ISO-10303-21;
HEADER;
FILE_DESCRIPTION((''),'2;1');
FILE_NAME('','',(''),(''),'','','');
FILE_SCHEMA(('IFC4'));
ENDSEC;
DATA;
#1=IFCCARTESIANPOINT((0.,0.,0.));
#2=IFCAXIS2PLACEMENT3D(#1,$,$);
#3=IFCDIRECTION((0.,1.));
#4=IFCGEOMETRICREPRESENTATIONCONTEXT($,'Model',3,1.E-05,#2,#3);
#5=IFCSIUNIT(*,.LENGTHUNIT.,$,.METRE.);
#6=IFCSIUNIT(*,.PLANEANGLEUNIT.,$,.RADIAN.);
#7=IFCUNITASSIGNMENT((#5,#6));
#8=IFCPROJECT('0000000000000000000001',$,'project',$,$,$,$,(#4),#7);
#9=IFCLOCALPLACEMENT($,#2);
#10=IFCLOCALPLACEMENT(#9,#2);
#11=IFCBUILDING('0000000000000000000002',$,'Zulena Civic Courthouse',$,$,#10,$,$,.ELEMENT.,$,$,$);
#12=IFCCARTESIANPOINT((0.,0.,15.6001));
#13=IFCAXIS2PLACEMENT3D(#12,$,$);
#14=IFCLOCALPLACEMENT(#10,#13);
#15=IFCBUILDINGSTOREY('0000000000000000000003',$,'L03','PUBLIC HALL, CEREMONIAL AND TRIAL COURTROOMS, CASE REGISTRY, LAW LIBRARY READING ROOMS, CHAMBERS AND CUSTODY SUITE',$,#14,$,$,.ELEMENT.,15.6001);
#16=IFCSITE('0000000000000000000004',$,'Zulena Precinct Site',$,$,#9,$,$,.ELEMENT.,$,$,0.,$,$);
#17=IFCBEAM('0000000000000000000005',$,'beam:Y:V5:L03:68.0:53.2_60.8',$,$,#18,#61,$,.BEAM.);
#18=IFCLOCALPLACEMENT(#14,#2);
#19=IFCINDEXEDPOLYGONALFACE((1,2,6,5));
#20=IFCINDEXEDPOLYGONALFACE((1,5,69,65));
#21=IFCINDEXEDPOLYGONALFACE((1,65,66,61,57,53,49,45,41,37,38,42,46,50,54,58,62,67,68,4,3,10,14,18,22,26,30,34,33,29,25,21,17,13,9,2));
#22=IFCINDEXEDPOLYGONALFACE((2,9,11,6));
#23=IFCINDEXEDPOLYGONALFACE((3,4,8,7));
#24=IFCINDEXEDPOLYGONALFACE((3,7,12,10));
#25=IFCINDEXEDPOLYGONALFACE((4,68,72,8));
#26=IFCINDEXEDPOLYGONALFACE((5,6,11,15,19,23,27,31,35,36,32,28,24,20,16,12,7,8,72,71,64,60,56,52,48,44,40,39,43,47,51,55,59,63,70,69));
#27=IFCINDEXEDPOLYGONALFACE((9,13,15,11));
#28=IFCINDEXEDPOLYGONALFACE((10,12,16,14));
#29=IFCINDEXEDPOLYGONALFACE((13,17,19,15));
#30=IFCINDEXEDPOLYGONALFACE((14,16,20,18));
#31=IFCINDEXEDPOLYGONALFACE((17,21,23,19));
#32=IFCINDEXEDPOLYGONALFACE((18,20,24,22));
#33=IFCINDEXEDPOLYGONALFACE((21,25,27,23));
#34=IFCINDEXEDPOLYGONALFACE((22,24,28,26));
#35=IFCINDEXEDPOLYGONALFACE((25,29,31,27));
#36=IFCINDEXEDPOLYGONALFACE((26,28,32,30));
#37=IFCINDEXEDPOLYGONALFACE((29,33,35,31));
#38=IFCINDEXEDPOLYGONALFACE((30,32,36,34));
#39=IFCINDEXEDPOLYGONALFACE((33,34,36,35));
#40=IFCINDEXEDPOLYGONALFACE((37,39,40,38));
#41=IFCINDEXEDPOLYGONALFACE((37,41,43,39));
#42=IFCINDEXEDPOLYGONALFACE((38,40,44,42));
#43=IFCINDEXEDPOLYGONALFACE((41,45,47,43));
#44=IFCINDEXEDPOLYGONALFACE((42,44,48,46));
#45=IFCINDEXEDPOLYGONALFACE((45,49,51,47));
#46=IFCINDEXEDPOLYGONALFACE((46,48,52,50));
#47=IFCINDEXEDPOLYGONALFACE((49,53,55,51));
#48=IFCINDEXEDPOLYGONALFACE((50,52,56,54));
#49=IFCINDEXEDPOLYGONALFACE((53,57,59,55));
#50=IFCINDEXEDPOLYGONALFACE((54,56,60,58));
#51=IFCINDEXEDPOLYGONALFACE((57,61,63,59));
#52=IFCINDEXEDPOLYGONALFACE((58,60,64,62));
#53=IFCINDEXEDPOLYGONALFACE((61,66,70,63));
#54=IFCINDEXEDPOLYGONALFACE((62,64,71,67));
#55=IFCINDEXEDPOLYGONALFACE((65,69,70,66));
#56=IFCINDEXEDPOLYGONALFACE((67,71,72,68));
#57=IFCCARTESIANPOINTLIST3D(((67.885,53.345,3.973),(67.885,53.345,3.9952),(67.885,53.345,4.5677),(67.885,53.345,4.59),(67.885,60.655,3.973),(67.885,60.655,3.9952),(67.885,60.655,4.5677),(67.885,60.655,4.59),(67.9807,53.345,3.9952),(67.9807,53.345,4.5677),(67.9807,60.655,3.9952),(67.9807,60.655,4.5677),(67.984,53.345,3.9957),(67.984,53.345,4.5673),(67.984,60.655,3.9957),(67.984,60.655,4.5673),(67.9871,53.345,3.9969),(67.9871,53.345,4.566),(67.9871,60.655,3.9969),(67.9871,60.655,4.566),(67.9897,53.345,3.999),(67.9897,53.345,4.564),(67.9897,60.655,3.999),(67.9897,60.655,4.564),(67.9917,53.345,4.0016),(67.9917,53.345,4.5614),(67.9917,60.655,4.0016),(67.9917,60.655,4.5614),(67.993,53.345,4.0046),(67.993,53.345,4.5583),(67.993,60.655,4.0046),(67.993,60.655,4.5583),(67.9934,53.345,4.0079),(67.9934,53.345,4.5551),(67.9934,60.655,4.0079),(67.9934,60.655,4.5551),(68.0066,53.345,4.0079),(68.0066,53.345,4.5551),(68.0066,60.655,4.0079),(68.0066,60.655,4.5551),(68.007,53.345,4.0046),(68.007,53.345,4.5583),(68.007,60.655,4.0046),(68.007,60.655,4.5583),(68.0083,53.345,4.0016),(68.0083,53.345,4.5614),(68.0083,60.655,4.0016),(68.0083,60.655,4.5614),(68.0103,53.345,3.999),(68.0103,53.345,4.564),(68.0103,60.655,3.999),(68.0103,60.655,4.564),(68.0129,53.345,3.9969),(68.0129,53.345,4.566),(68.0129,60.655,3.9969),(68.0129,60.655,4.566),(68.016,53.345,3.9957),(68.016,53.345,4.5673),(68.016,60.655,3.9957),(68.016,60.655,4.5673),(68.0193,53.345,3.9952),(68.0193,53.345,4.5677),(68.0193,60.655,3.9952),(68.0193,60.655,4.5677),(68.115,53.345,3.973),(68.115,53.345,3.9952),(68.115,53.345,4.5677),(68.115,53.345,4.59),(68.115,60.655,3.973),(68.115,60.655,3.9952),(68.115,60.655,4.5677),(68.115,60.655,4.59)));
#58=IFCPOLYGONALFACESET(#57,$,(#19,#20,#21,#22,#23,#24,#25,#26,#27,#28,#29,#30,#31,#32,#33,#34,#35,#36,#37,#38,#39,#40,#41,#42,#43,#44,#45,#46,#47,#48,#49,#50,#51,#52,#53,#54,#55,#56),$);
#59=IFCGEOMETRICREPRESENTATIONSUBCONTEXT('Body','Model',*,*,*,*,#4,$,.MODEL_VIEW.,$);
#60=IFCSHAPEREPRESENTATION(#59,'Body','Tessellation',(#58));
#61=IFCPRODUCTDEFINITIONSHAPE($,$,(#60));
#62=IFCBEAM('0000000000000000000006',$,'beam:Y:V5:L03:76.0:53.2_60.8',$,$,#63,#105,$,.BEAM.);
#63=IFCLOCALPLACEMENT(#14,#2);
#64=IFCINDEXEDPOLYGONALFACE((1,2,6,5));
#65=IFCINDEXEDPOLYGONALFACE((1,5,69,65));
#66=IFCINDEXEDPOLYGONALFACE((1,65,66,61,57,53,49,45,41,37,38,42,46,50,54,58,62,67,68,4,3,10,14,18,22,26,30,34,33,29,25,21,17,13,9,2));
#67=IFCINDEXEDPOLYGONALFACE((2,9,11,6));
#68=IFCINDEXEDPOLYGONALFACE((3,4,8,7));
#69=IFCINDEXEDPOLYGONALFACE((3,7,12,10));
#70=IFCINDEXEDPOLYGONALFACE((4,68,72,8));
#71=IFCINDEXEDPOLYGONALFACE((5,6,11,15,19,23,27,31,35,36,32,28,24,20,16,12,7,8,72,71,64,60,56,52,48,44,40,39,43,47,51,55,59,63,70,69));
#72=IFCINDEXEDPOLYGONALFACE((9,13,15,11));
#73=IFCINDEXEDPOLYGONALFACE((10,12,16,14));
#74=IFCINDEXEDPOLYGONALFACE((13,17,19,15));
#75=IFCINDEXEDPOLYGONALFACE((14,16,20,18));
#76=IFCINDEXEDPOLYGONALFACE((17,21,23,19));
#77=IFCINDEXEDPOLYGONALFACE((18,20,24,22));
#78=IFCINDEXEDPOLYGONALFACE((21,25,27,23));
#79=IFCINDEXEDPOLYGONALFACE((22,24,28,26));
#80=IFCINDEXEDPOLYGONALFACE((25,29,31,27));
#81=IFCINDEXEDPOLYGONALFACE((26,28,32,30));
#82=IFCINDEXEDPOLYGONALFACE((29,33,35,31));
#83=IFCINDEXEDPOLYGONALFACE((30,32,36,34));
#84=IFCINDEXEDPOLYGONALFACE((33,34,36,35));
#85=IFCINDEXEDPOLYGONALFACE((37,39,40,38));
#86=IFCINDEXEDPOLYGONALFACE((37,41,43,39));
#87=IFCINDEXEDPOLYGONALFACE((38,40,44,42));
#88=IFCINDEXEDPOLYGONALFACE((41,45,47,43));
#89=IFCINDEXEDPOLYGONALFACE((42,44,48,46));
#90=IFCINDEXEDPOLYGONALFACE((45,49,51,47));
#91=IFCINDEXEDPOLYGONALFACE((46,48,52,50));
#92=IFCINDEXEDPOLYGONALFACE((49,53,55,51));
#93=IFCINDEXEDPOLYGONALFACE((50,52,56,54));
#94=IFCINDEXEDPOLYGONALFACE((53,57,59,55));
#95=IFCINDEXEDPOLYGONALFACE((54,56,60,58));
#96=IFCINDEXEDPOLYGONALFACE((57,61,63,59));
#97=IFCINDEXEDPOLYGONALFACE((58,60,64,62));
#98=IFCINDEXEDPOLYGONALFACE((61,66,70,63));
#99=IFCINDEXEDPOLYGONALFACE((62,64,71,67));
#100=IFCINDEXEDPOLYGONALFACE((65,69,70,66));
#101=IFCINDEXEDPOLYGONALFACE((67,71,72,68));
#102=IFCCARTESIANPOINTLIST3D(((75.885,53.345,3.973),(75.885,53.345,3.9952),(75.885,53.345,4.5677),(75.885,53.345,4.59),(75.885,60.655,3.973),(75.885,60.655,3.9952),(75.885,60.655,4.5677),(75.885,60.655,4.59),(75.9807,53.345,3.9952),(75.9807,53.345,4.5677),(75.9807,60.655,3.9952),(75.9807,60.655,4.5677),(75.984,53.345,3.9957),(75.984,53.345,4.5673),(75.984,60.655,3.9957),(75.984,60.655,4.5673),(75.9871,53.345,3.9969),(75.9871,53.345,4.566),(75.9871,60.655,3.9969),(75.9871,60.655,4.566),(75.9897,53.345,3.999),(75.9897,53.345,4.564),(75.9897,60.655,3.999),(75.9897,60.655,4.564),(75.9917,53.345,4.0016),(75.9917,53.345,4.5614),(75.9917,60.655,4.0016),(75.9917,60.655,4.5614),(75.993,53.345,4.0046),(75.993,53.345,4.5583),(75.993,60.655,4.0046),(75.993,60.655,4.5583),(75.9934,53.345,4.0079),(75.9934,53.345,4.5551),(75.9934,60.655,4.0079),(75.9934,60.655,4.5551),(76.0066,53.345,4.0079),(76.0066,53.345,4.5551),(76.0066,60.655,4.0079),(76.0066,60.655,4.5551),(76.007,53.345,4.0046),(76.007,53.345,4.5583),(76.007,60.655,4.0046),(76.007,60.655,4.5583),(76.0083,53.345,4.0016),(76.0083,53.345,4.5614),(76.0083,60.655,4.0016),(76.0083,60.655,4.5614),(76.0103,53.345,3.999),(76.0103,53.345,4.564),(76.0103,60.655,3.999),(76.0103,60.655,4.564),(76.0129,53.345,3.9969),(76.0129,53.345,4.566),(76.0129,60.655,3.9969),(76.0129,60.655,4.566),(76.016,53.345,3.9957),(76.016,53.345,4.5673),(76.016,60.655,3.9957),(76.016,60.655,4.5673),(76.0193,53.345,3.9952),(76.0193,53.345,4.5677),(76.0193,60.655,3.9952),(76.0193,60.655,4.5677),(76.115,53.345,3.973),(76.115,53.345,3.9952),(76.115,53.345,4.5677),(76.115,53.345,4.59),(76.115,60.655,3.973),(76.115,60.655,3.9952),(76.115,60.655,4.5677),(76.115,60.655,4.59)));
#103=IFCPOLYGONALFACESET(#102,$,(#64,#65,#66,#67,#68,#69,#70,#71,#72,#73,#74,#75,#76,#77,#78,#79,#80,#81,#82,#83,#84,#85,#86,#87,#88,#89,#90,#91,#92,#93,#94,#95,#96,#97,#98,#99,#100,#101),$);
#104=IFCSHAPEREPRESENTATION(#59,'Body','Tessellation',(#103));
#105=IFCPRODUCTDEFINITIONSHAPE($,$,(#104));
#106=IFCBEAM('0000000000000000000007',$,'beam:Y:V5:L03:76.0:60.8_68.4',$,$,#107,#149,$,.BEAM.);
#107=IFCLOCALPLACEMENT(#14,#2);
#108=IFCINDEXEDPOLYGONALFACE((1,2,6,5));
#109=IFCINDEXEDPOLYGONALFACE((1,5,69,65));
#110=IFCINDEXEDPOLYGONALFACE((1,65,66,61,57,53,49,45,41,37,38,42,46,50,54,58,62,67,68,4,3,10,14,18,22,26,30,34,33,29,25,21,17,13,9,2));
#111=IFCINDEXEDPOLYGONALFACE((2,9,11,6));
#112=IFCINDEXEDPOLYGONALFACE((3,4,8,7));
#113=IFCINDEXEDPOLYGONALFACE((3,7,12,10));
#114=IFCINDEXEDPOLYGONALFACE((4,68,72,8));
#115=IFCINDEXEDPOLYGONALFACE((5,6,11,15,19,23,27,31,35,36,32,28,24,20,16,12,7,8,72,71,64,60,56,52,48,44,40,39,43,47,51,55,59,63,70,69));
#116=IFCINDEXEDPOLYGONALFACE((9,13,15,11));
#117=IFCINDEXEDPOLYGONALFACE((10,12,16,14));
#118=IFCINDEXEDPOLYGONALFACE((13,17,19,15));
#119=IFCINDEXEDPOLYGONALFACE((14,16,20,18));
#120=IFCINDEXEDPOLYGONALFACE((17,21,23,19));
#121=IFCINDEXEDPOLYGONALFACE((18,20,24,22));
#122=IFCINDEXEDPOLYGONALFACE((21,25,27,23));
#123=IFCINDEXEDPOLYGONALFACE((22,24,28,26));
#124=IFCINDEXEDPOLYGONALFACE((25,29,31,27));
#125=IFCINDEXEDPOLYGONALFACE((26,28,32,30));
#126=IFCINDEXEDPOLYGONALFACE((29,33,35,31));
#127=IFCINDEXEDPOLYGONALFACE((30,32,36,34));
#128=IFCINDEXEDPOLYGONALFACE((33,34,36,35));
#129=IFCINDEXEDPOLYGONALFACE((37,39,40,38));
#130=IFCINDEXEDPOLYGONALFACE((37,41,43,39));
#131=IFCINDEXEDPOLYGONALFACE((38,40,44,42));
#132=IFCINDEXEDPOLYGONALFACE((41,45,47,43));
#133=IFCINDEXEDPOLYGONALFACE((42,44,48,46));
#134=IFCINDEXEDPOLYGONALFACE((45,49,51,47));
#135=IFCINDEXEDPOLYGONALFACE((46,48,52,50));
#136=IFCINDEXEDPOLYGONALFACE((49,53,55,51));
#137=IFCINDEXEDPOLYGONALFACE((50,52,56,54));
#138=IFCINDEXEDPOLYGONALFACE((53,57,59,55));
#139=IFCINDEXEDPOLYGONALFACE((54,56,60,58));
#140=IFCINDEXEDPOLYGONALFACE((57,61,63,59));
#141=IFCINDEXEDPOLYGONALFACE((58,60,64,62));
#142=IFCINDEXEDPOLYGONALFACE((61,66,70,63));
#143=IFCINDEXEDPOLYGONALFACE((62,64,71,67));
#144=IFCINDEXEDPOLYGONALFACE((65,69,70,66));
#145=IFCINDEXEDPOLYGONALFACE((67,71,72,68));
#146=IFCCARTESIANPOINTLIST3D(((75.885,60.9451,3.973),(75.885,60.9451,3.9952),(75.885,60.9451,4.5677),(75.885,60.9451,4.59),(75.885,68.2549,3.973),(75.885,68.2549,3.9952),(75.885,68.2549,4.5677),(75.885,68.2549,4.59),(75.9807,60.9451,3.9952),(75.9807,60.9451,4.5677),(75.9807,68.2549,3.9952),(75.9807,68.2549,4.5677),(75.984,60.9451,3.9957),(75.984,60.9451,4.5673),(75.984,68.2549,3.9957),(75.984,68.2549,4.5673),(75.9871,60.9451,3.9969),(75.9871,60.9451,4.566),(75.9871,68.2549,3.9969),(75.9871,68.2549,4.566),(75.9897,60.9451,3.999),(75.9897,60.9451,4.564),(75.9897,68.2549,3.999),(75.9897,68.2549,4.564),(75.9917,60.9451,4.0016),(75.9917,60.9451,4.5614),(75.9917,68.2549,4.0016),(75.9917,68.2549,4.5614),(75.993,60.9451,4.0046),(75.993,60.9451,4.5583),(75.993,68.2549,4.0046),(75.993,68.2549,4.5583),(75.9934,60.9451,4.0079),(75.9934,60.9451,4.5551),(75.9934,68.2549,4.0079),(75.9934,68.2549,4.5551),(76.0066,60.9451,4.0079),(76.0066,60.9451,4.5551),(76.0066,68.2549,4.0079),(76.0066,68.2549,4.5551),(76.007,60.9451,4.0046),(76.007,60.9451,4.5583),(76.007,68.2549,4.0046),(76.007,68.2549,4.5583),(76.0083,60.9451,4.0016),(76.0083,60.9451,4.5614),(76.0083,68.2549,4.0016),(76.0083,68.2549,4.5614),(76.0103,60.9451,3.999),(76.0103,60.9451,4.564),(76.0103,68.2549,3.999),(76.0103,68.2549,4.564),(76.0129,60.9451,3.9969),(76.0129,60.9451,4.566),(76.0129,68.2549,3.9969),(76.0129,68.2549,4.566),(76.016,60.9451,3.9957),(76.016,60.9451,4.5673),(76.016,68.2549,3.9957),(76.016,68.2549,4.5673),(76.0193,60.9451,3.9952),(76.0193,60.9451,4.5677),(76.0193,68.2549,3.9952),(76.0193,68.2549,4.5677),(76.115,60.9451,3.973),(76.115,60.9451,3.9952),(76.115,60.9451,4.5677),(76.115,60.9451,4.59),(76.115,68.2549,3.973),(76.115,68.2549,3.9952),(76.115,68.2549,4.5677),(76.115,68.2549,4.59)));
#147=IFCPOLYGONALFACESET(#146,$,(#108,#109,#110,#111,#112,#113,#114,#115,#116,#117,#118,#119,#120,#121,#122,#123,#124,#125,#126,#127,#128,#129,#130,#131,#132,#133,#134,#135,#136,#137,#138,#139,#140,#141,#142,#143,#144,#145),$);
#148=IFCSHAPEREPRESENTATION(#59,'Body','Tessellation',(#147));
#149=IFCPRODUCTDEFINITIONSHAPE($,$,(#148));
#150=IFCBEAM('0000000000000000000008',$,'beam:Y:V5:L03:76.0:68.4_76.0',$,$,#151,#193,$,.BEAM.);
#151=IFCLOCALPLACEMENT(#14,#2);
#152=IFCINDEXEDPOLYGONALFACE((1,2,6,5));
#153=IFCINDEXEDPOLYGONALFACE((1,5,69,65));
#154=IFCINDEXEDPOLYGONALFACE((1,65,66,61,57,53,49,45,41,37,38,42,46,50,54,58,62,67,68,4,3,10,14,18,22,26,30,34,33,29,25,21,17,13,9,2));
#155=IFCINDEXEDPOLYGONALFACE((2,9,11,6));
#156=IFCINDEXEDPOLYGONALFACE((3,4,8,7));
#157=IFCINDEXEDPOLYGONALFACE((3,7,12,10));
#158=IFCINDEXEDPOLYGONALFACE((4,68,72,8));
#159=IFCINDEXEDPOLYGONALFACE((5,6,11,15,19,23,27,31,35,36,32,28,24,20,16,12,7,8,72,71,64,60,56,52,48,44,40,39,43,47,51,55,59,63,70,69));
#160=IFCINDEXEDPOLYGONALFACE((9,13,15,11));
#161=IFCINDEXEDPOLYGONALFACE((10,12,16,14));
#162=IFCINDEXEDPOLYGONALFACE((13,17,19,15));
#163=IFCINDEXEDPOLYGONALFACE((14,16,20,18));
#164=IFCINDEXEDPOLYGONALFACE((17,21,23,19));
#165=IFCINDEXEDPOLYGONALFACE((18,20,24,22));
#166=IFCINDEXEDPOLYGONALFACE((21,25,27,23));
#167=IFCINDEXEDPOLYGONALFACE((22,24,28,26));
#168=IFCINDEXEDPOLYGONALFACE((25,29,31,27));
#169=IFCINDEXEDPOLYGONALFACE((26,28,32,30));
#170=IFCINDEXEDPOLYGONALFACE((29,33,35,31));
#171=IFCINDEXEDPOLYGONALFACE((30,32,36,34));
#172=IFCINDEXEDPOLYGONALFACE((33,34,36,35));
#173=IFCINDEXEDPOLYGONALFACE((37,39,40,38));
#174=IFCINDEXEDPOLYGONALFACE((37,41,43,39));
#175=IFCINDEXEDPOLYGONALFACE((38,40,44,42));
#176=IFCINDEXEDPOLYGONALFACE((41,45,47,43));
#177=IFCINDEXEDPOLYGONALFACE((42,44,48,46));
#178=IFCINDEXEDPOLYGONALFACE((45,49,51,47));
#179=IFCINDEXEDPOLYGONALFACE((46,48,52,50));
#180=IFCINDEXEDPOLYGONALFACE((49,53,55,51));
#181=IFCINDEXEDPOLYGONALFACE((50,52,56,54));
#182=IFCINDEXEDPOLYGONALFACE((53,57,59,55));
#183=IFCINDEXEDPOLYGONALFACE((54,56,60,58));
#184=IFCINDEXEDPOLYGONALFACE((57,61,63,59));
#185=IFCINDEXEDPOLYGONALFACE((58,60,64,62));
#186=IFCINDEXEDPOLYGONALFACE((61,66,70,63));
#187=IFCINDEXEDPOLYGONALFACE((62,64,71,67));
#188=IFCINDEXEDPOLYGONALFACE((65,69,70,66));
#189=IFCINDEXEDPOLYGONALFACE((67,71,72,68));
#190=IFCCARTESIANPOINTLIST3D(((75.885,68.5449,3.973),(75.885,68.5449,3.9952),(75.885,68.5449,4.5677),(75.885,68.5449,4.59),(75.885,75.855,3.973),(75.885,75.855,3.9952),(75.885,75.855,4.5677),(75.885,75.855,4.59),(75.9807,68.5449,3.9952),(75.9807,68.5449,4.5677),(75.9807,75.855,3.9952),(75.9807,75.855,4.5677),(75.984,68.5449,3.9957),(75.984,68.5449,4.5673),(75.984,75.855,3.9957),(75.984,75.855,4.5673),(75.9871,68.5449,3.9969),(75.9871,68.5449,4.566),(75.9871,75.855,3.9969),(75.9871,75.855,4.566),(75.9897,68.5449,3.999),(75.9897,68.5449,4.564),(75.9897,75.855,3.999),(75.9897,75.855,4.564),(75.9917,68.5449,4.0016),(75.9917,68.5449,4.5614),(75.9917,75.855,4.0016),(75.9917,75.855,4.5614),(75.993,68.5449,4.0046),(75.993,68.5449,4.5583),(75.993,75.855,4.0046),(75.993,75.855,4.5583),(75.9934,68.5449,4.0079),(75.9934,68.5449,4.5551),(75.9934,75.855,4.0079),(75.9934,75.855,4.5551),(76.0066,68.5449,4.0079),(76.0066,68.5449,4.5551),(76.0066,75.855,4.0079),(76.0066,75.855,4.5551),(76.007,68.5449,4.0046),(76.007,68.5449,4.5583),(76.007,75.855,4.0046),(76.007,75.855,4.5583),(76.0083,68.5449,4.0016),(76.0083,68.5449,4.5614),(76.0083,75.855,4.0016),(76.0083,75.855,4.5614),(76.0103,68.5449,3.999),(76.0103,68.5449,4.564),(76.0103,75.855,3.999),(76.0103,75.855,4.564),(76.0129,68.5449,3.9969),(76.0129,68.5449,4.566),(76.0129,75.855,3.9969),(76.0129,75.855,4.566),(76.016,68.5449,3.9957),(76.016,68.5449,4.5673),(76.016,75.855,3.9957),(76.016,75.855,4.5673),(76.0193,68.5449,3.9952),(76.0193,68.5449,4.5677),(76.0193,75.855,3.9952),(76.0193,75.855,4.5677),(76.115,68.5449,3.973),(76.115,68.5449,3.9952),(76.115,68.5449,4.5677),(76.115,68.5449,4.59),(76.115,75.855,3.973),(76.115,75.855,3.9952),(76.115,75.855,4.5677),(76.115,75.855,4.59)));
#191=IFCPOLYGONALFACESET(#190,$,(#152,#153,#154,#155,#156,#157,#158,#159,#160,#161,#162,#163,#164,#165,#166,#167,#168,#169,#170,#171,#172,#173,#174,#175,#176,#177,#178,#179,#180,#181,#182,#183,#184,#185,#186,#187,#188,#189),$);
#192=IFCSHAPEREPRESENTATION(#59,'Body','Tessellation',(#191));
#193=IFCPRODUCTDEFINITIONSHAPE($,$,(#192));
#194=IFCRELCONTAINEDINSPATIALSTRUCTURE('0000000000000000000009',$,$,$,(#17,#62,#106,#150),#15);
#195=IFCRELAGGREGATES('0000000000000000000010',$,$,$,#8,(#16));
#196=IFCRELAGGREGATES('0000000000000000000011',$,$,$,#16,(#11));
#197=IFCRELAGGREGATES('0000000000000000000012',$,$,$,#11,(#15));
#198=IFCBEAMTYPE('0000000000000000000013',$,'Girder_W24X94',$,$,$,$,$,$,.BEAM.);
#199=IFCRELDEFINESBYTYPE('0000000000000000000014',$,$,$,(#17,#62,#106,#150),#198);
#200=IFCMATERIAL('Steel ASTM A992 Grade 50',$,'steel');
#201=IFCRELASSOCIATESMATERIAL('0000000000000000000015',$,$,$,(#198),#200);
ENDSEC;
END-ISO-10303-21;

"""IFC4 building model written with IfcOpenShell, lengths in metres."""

from ifc_helpers import new_model, si_unit, direction, frame, origin, origin_2d, place, context, subcontext, project, spatial, i_section, extrude, material, material_profile, profile_set, type_object, element, save


model = new_model("IFC4")

# Units and contexts
model_context = context("Model", 3, precision=1e-05, world=origin(), true_north=direction((0.0, 1.0)))
body_context = subcontext(model_context, "Body", "Model", "MODEL_VIEW")
ifc_project = project(units=[si_unit("LENGTHUNIT", "METRE"), si_unit("PLANEANGLEUNIT", "RADIAN")], contexts=[model_context])

# Site, building, storey
site_placement = place(None, origin())
site = spatial("IfcSite", under=ifc_project, at=site_placement, Name="Zulena Precinct Site", CompositionType="ELEMENT", RefElevation=0.0)
building_placement = place(site_placement, origin())
building = spatial("IfcBuilding", under=site, at=building_placement, Name="Zulena Civic Courthouse", CompositionType="ELEMENT")
storey_placement = place(building_placement, frame((0.0, 0.0, 15.6001)))
storey = spatial("IfcBuildingStorey", under=building, at=storey_placement, Name="L03", Description="PUBLIC HALL, CEREMONIAL AND TRIAL COURTROOMS, CASE REGISTRY, LAW LIBRARY READING ROOMS, CHAMBERS AND CUSTODY SUITE", CompositionType="ELEMENT", Elevation=15.6001)

# Shared definitions
ifc_material_1 = material(Name="Steel ASTM A992 Grade 50", Category="steel")

# Beams
ifc_material_profile_1 = material_profile(ifc_material_1, i_section(OverallWidth=0.23, OverallDepth=0.6169, WebThickness=0.0132, FlangeThickness=0.0222, FilletRadius=0.0127, at=origin_2d()), Name="W24X94")
ifc_profile_set_1 = profile_set([ifc_material_profile_1], Name="Steel ASTM A992 Grade 50")
beam_type_1 = type_object("IfcBeamType", Name="Girder_W24X94", PredefinedType="BEAM", material=ifc_profile_set_1)
for number, where, z_axis, x_axis, name in (
    (1, (68.0, 53.345, 4.2815), (0.0, 1.0, 0.0), (-1.0, 0.0, 0.0), "beam:Y:V5:L03:68.0:53.2_60.8"),
    (2, (76.0, 53.345, 4.2815), (0.0, 1.0, 0.0), (-1.0, 0.0, 0.0), "beam:Y:V5:L03:76.0:53.2_60.8"),
):
    element("IfcBeam", number, at=place(storey_placement, frame(where, z_axis=z_axis, x_axis=x_axis)), inside=storey, type_object=beam_type_1, Name=name, PredefinedType="BEAM", context=body_context, shape_type="SweptSolid", body=[
        extrude(i_section(OverallWidth=0.23, OverallDepth=0.6169, WebThickness=0.0132, FlangeThickness=0.0222, FilletRadius=0.0127, at=origin_2d()), origin(), (0.0, 0.0, 1.0), 7.3101),
    ])
beam_1_placement = place(storey_placement, frame((76.0, 60.9451, 4.2815), z_axis=(0.0, 1.0, 0.0), x_axis=(-1.0, 0.0, 0.0)))
element("IfcBeam", 3, at=beam_1_placement, inside=storey, type_object=beam_type_1, Name="beam:Y:V5:L03:76.0:60.8_68.4", PredefinedType="BEAM", context=body_context, shape_type="SweptSolid", body=[
    extrude(i_section(OverallWidth=0.23, OverallDepth=0.6169, WebThickness=0.0132, FlangeThickness=0.0222, FilletRadius=0.0127, at=origin_2d()), origin(), (0.0, 0.0, 1.0), 7.3098),
])
beam_2_placement = place(storey_placement, frame((76.0, 68.5449, 4.2815), z_axis=(0.0, 1.0, 0.0), x_axis=(-1.0, 0.0, 0.0)))
element("IfcBeam", 4, at=beam_2_placement, inside=storey, type_object=beam_type_1, Name="beam:Y:V5:L03:76.0:68.4_76.0", PredefinedType="BEAM", context=body_context, shape_type="SweptSolid", body=[
    extrude(i_section(OverallWidth=0.23, OverallDepth=0.6169, WebThickness=0.0132, FlangeThickness=0.0222, FilletRadius=0.0127, at=origin_2d()), origin(), (0.0, 0.0, 1.0), 7.3101),
])

save(model, "model.ifc")
